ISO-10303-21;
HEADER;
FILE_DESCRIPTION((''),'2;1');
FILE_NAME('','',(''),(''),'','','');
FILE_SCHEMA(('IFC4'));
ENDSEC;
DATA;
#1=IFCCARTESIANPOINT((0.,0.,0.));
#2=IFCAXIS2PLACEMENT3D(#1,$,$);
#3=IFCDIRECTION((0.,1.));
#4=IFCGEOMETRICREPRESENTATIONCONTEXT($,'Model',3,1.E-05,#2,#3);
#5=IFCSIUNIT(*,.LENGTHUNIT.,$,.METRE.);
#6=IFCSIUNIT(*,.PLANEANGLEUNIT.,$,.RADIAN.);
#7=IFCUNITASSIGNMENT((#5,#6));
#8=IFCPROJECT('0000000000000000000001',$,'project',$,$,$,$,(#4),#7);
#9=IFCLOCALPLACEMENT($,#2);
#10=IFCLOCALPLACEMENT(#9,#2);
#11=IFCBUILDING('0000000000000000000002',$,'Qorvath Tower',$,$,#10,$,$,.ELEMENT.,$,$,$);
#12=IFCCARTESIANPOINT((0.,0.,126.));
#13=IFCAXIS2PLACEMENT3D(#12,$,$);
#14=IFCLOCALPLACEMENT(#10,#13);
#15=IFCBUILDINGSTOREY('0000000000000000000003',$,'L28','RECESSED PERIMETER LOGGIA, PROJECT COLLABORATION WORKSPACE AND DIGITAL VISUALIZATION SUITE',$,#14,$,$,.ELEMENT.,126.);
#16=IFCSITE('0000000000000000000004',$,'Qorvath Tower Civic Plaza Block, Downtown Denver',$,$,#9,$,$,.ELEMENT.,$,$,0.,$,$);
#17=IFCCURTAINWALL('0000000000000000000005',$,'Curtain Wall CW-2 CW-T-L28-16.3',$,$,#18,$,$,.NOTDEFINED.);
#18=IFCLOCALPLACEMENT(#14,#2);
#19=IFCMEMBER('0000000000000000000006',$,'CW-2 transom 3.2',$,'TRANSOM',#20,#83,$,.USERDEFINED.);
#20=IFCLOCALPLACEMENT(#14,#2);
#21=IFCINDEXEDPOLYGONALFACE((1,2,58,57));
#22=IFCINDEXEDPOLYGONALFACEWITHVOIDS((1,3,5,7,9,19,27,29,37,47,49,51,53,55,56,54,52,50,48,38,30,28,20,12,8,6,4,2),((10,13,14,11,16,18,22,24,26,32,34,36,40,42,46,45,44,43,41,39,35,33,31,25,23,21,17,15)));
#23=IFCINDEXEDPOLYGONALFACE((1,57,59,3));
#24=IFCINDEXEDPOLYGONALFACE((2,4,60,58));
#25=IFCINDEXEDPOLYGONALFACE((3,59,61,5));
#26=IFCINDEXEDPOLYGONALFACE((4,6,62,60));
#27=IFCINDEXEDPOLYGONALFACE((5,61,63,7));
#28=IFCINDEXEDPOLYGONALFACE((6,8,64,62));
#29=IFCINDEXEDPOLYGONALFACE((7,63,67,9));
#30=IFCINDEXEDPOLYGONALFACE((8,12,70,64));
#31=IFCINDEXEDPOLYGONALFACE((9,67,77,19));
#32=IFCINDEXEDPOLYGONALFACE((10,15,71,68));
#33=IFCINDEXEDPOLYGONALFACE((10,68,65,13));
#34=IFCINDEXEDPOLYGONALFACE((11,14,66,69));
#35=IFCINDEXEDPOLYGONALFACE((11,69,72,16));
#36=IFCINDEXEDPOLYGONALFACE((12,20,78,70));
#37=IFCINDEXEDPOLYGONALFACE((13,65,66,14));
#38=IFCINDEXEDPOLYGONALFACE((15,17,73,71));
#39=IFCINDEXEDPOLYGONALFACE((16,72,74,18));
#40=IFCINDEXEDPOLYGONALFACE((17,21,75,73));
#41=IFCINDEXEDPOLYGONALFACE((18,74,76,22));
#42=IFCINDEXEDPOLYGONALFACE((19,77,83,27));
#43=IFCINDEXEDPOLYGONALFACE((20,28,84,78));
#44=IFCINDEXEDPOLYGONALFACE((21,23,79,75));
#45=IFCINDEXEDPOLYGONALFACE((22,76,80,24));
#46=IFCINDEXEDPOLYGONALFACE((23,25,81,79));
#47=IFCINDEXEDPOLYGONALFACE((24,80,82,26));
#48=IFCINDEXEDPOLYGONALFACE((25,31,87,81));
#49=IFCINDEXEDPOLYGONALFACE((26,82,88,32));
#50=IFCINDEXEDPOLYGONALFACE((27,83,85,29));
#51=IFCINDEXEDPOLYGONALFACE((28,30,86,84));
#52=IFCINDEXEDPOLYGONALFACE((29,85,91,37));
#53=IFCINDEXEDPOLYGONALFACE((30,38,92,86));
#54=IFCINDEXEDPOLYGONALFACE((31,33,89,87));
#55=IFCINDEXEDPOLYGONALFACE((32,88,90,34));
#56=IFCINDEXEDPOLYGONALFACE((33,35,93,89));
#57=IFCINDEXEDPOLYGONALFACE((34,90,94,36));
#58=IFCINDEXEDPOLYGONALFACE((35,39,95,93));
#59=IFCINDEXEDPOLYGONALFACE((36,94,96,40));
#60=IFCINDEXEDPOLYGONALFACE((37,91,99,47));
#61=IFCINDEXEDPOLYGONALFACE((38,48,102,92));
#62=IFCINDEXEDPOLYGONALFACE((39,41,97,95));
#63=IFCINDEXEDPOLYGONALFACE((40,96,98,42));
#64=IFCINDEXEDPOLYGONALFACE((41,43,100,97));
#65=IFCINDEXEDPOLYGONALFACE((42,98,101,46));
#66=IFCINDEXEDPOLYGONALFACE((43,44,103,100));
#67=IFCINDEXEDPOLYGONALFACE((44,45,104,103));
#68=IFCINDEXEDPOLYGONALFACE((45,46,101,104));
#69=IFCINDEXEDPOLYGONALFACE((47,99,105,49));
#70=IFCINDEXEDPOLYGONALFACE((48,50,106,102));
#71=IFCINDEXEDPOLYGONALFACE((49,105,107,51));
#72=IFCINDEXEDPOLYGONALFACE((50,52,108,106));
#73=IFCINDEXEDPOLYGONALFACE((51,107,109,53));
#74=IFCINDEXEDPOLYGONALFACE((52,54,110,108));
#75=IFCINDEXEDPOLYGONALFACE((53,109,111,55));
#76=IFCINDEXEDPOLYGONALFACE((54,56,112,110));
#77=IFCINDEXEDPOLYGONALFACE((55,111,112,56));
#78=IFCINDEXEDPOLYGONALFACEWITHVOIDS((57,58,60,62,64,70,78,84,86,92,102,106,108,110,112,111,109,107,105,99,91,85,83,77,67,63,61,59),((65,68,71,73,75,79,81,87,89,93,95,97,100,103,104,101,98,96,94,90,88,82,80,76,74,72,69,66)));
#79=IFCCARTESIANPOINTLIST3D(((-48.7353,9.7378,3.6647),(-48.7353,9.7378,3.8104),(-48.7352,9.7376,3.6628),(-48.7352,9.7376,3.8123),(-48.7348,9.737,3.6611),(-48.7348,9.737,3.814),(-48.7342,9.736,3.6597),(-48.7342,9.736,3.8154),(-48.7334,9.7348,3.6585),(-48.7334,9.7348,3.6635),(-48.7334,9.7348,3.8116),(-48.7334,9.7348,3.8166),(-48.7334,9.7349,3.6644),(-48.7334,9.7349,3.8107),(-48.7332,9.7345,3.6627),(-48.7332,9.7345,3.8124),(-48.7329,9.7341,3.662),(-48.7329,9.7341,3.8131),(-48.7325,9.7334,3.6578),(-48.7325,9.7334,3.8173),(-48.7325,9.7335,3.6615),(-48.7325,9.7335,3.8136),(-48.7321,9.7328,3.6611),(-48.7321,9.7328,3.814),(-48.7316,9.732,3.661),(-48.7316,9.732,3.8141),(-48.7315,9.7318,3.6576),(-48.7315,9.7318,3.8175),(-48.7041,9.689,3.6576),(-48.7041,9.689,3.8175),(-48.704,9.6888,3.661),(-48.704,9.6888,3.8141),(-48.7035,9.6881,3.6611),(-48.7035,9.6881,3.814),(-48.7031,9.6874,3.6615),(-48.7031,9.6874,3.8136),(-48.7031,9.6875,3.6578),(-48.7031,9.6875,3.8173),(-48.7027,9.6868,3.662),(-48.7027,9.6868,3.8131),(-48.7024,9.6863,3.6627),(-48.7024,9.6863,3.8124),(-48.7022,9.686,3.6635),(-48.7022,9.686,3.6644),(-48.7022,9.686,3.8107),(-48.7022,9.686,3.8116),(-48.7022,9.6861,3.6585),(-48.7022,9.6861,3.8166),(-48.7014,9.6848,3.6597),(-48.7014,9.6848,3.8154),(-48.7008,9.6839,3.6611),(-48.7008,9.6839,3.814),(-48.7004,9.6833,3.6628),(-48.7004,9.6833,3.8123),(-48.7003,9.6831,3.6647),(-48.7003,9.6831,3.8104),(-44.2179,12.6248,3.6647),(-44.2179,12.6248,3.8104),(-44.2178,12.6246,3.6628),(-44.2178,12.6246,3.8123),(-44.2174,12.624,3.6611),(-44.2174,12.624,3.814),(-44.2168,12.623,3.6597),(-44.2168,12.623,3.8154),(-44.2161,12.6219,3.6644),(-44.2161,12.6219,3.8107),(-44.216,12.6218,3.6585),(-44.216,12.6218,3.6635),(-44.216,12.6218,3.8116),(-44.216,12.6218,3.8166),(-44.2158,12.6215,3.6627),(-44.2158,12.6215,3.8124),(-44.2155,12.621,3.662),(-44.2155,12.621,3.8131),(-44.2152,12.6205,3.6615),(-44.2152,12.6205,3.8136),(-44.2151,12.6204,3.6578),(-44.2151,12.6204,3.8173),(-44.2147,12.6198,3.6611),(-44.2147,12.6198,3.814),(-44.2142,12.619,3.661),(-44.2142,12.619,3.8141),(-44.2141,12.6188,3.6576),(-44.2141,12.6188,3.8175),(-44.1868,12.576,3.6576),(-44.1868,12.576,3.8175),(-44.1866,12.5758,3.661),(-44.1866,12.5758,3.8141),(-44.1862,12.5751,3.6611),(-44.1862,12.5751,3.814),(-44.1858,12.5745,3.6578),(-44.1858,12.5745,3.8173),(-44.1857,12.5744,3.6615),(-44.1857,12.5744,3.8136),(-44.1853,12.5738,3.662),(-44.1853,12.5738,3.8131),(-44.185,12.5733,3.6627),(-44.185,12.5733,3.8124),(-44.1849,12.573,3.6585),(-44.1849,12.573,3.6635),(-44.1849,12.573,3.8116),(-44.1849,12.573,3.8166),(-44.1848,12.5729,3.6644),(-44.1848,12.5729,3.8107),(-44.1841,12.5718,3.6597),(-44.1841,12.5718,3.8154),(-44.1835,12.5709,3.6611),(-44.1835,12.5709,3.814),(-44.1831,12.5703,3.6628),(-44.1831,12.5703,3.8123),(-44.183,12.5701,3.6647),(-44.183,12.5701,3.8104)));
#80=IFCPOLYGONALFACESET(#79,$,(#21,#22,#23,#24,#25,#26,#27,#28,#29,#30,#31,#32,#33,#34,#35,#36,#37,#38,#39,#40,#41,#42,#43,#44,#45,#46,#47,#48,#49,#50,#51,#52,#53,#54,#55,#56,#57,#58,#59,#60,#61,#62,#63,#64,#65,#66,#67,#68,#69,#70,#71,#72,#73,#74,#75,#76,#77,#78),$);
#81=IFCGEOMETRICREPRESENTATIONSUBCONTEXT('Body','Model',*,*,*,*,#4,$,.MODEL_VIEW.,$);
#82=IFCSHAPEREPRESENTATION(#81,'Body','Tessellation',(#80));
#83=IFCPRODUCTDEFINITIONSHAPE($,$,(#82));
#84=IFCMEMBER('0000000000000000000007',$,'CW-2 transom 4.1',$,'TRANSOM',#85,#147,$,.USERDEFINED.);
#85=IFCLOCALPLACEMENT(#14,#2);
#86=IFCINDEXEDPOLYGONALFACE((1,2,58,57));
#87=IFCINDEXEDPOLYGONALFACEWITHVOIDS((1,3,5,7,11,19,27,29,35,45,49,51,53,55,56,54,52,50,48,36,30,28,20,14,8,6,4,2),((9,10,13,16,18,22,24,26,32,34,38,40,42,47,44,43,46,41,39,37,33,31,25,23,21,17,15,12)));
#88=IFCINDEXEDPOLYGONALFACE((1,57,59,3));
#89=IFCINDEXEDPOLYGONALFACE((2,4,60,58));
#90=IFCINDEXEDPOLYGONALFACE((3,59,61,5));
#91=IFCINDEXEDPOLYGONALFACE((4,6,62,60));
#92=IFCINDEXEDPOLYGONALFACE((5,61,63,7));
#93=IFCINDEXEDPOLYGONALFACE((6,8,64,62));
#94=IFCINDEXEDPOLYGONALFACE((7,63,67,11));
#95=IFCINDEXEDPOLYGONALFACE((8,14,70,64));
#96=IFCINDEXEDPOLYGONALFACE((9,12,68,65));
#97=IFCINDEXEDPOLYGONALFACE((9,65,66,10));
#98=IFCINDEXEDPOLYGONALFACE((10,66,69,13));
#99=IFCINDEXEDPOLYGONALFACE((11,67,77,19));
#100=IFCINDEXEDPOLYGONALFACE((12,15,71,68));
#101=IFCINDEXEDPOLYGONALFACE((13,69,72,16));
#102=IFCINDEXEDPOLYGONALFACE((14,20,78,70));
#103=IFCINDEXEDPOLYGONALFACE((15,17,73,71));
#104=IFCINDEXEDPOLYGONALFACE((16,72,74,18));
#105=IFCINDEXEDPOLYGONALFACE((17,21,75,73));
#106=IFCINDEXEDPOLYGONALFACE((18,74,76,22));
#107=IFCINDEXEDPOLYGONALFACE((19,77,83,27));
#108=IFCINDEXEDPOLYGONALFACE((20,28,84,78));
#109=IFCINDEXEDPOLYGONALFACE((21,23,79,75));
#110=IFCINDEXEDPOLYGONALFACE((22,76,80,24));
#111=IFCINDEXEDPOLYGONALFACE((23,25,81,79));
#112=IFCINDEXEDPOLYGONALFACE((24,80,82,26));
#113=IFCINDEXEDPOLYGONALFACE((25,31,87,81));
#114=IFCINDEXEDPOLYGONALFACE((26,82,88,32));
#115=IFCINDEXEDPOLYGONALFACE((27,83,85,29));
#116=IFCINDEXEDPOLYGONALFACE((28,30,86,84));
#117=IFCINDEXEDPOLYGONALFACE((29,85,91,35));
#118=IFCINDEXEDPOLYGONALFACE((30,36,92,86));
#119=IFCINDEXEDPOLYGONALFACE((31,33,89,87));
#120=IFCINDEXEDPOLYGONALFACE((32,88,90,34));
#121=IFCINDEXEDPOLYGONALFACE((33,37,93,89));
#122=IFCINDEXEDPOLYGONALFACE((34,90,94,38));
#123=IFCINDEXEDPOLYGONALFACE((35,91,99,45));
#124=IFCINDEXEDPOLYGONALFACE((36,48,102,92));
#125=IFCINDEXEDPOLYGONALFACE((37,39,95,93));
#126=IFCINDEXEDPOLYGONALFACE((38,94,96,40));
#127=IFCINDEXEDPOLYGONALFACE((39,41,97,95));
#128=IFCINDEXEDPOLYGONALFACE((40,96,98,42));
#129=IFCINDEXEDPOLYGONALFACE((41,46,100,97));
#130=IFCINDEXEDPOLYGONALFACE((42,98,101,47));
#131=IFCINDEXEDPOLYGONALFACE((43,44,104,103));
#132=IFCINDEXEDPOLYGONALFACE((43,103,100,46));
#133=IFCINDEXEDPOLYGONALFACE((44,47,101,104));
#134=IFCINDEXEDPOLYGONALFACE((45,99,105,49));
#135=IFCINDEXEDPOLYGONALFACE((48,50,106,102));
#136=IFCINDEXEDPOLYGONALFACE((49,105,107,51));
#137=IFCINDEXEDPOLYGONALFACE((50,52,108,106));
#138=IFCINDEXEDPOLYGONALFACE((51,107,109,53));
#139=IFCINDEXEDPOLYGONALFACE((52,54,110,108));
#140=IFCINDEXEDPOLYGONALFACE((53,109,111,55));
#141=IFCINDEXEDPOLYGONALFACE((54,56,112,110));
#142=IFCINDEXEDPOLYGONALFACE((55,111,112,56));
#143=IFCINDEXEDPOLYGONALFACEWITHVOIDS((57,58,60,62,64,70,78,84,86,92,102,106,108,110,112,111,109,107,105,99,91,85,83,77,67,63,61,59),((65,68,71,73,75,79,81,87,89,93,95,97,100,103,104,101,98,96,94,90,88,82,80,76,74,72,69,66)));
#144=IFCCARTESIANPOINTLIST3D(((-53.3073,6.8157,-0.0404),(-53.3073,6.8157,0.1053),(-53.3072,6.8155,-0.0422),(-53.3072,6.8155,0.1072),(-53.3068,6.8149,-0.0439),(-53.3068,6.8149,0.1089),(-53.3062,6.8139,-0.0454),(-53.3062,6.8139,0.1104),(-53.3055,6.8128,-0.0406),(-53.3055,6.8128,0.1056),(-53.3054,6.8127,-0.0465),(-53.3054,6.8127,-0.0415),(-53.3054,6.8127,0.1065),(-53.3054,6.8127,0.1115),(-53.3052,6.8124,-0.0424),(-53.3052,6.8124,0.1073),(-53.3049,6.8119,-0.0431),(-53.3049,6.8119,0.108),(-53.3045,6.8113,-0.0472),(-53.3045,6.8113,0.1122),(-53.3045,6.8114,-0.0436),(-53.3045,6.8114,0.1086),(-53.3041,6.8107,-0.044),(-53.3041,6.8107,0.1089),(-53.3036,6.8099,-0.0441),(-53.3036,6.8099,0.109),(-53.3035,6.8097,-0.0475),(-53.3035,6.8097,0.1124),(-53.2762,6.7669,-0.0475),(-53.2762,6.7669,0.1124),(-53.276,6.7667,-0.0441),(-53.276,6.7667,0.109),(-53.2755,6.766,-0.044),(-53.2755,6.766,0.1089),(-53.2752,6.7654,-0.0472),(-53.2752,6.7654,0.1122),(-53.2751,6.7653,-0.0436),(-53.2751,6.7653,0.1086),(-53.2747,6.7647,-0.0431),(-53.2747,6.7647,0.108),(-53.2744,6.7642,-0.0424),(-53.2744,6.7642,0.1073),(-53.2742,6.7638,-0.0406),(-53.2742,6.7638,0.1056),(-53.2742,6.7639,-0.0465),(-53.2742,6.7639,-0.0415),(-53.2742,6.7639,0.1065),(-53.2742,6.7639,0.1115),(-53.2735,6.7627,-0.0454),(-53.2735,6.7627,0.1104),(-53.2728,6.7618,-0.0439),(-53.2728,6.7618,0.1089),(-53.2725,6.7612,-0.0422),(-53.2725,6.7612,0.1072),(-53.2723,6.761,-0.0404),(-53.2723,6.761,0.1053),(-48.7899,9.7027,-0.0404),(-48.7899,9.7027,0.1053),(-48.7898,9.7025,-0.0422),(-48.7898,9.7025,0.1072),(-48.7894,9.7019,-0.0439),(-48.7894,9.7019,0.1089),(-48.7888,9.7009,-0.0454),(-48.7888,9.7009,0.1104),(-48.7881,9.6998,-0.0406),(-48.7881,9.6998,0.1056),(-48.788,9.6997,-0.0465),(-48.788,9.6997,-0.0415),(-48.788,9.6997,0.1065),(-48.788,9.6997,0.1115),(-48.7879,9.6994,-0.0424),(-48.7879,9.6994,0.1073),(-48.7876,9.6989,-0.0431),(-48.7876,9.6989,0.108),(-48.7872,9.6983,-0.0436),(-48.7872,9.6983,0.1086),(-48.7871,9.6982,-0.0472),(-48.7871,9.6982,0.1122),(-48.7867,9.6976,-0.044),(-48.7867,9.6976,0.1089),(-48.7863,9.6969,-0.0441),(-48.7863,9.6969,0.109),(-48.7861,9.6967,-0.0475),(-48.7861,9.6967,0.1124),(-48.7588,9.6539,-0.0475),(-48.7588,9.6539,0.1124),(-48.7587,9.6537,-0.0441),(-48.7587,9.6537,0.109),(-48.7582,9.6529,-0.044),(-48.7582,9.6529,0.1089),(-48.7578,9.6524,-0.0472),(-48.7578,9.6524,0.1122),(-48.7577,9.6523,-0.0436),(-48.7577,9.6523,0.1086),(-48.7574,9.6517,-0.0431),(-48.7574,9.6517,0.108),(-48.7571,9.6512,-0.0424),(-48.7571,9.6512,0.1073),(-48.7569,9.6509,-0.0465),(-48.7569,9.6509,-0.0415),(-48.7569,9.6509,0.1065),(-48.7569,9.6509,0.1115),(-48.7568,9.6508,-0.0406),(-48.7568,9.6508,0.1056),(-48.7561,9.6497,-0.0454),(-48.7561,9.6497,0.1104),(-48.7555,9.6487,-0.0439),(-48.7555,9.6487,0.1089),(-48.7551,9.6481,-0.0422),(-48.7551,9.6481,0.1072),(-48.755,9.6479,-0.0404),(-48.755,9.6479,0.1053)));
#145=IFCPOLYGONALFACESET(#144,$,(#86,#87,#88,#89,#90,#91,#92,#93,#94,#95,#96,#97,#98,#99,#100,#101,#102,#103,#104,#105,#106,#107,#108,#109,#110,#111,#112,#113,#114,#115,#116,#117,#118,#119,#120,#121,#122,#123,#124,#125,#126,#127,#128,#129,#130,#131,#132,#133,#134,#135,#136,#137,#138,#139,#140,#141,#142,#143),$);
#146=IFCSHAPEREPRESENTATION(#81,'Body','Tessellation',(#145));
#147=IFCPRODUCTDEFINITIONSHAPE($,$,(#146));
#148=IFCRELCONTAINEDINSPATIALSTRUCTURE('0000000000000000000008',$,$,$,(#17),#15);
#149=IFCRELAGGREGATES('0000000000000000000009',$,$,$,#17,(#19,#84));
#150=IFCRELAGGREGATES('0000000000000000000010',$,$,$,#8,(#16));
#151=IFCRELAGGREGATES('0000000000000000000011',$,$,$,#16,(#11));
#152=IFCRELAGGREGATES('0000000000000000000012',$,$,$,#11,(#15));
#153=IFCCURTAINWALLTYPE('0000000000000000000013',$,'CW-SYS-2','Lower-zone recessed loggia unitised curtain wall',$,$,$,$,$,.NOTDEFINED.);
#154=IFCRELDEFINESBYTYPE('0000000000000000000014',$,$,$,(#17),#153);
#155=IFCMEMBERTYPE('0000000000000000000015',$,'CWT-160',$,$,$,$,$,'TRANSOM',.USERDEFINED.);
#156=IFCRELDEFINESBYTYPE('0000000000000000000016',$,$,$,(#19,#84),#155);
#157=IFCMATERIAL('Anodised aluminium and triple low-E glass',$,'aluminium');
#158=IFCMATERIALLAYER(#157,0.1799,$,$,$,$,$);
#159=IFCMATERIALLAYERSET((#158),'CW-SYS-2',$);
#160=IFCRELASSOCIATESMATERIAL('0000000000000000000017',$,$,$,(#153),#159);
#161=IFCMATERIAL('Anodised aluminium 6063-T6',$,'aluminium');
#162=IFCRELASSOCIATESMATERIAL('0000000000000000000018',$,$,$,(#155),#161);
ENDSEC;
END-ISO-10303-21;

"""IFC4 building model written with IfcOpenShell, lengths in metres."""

from ifc_helpers import new_model, si_unit, direction, frame, origin, origin_2d, place, context, subcontext, project, spatial, hollow_rectangle, extrude, material, layer, layer_set, material_profile, profile_set, type_object, element, aggregate, save


model = new_model("IFC4")

# Units and contexts
model_context = context("Model", 3, precision=1e-05, world=origin(), true_north=direction((0.0, 1.0)))
body_context = subcontext(model_context, "Body", "Model", "MODEL_VIEW")
ifc_project = project(units=[si_unit("LENGTHUNIT", "METRE"), si_unit("PLANEANGLEUNIT", "RADIAN")], contexts=[model_context])

# Site, building, storey
site_placement = place(None, origin())
site = spatial("IfcSite", under=ifc_project, at=site_placement, Name="Qorvath Tower Civic Plaza Block, Downtown Denver", CompositionType="ELEMENT", RefElevation=0.0)
building_placement = place(site_placement, origin())
building = spatial("IfcBuilding", under=site, at=building_placement, Name="Qorvath Tower", CompositionType="ELEMENT")
storey_placement = place(building_placement, frame((0.0, 0.0, 126.0)))
storey = spatial("IfcBuildingStorey", under=building, at=storey_placement, Name="L28", Description="RECESSED PERIMETER LOGGIA, PROJECT COLLABORATION WORKSPACE AND DIGITAL VISUALIZATION SUITE", CompositionType="ELEMENT", Elevation=126.0)

# Curtain wall, members
ifc_material_1 = material(Name="Anodised aluminium and triple low-E glass", Category="aluminium")
ifc_layer_1 = layer(ifc_material_1, 0.1799)
ifc_layer_set_1 = layer_set([ifc_layer_1], Name="CW-SYS-2")
curtain_wall_type = type_object("IfcCurtainWallType", Name="CW-SYS-2", Description="Lower-zone recessed loggia unitised curtain wall", PredefinedType="NOTDEFINED", material=ifc_layer_set_1)
curtain_wall_placement = place(storey_placement, origin())
curtain_wall = element("IfcCurtainWall", 1, at=curtain_wall_placement, inside=storey, type_object=curtain_wall_type, Name="Curtain Wall CW-2 CW-T-L28-16.3", PredefinedType="NOTDEFINED")
ifc_material_2 = material(Name="Anodised aluminium 6063-T6", Category="aluminium")
ifc_material_profile_1 = material_profile(ifc_material_2, hollow_rectangle(XDim=0.0649, YDim=0.1599, WallThickness=0.0034, InnerFilletRadius=0.0034, OuterFilletRadius=0.0071, at=origin_2d()), Name="CWT 160x65")
ifc_profile_set_1 = profile_set([ifc_material_profile_1], Name="Anodised aluminium 6063-T6")
member_type_1 = type_object("IfcMemberType", Name="CWT-160", ElementType="TRANSOM", PredefinedType="USERDEFINED", material=ifc_profile_set_1)
member_1_placement = place(storey_placement, frame((-44.2004, 12.5974, 3.7375), z_axis=(-0.842621, -0.538507, 0.0), x_axis=(0.538507, -0.842621, 0.0)))
member_1 = element("IfcMember", 2, at=member_1_placement, type_object=member_type_1, Name="CW-2 transom 3.2", ObjectType="TRANSOM", PredefinedType="USERDEFINED", context=body_context, shape_type="SweptSolid", body=[
    extrude(hollow_rectangle(XDim=0.0649, YDim=0.1599, WallThickness=0.0034, InnerFilletRadius=0.0034, OuterFilletRadius=0.0071, at=origin_2d()), origin(), (0.0, 0.0, 1.0), 5.3611),
])
member_2_placement = place(storey_placement, frame((-48.7725, 9.6753, 0.0325), z_axis=(-0.842621, -0.538507, 0.0), x_axis=(0.538507, -0.842621, 0.0)))
member_2 = element("IfcMember", 3, at=member_2_placement, type_object=member_type_1, Name="CW-2 transom 4.1", ObjectType="TRANSOM", PredefinedType="USERDEFINED", context=body_context, shape_type="SweptSolid", body=[
    extrude(hollow_rectangle(XDim=0.0649, YDim=0.1599, WallThickness=0.0034, InnerFilletRadius=0.0034, OuterFilletRadius=0.0071, at=origin_2d()), origin(), (0.0, 0.0, 1.0), 5.3611),
])

aggregate(curtain_wall, [member_1, member_2])

save(model, "model.ifc")
